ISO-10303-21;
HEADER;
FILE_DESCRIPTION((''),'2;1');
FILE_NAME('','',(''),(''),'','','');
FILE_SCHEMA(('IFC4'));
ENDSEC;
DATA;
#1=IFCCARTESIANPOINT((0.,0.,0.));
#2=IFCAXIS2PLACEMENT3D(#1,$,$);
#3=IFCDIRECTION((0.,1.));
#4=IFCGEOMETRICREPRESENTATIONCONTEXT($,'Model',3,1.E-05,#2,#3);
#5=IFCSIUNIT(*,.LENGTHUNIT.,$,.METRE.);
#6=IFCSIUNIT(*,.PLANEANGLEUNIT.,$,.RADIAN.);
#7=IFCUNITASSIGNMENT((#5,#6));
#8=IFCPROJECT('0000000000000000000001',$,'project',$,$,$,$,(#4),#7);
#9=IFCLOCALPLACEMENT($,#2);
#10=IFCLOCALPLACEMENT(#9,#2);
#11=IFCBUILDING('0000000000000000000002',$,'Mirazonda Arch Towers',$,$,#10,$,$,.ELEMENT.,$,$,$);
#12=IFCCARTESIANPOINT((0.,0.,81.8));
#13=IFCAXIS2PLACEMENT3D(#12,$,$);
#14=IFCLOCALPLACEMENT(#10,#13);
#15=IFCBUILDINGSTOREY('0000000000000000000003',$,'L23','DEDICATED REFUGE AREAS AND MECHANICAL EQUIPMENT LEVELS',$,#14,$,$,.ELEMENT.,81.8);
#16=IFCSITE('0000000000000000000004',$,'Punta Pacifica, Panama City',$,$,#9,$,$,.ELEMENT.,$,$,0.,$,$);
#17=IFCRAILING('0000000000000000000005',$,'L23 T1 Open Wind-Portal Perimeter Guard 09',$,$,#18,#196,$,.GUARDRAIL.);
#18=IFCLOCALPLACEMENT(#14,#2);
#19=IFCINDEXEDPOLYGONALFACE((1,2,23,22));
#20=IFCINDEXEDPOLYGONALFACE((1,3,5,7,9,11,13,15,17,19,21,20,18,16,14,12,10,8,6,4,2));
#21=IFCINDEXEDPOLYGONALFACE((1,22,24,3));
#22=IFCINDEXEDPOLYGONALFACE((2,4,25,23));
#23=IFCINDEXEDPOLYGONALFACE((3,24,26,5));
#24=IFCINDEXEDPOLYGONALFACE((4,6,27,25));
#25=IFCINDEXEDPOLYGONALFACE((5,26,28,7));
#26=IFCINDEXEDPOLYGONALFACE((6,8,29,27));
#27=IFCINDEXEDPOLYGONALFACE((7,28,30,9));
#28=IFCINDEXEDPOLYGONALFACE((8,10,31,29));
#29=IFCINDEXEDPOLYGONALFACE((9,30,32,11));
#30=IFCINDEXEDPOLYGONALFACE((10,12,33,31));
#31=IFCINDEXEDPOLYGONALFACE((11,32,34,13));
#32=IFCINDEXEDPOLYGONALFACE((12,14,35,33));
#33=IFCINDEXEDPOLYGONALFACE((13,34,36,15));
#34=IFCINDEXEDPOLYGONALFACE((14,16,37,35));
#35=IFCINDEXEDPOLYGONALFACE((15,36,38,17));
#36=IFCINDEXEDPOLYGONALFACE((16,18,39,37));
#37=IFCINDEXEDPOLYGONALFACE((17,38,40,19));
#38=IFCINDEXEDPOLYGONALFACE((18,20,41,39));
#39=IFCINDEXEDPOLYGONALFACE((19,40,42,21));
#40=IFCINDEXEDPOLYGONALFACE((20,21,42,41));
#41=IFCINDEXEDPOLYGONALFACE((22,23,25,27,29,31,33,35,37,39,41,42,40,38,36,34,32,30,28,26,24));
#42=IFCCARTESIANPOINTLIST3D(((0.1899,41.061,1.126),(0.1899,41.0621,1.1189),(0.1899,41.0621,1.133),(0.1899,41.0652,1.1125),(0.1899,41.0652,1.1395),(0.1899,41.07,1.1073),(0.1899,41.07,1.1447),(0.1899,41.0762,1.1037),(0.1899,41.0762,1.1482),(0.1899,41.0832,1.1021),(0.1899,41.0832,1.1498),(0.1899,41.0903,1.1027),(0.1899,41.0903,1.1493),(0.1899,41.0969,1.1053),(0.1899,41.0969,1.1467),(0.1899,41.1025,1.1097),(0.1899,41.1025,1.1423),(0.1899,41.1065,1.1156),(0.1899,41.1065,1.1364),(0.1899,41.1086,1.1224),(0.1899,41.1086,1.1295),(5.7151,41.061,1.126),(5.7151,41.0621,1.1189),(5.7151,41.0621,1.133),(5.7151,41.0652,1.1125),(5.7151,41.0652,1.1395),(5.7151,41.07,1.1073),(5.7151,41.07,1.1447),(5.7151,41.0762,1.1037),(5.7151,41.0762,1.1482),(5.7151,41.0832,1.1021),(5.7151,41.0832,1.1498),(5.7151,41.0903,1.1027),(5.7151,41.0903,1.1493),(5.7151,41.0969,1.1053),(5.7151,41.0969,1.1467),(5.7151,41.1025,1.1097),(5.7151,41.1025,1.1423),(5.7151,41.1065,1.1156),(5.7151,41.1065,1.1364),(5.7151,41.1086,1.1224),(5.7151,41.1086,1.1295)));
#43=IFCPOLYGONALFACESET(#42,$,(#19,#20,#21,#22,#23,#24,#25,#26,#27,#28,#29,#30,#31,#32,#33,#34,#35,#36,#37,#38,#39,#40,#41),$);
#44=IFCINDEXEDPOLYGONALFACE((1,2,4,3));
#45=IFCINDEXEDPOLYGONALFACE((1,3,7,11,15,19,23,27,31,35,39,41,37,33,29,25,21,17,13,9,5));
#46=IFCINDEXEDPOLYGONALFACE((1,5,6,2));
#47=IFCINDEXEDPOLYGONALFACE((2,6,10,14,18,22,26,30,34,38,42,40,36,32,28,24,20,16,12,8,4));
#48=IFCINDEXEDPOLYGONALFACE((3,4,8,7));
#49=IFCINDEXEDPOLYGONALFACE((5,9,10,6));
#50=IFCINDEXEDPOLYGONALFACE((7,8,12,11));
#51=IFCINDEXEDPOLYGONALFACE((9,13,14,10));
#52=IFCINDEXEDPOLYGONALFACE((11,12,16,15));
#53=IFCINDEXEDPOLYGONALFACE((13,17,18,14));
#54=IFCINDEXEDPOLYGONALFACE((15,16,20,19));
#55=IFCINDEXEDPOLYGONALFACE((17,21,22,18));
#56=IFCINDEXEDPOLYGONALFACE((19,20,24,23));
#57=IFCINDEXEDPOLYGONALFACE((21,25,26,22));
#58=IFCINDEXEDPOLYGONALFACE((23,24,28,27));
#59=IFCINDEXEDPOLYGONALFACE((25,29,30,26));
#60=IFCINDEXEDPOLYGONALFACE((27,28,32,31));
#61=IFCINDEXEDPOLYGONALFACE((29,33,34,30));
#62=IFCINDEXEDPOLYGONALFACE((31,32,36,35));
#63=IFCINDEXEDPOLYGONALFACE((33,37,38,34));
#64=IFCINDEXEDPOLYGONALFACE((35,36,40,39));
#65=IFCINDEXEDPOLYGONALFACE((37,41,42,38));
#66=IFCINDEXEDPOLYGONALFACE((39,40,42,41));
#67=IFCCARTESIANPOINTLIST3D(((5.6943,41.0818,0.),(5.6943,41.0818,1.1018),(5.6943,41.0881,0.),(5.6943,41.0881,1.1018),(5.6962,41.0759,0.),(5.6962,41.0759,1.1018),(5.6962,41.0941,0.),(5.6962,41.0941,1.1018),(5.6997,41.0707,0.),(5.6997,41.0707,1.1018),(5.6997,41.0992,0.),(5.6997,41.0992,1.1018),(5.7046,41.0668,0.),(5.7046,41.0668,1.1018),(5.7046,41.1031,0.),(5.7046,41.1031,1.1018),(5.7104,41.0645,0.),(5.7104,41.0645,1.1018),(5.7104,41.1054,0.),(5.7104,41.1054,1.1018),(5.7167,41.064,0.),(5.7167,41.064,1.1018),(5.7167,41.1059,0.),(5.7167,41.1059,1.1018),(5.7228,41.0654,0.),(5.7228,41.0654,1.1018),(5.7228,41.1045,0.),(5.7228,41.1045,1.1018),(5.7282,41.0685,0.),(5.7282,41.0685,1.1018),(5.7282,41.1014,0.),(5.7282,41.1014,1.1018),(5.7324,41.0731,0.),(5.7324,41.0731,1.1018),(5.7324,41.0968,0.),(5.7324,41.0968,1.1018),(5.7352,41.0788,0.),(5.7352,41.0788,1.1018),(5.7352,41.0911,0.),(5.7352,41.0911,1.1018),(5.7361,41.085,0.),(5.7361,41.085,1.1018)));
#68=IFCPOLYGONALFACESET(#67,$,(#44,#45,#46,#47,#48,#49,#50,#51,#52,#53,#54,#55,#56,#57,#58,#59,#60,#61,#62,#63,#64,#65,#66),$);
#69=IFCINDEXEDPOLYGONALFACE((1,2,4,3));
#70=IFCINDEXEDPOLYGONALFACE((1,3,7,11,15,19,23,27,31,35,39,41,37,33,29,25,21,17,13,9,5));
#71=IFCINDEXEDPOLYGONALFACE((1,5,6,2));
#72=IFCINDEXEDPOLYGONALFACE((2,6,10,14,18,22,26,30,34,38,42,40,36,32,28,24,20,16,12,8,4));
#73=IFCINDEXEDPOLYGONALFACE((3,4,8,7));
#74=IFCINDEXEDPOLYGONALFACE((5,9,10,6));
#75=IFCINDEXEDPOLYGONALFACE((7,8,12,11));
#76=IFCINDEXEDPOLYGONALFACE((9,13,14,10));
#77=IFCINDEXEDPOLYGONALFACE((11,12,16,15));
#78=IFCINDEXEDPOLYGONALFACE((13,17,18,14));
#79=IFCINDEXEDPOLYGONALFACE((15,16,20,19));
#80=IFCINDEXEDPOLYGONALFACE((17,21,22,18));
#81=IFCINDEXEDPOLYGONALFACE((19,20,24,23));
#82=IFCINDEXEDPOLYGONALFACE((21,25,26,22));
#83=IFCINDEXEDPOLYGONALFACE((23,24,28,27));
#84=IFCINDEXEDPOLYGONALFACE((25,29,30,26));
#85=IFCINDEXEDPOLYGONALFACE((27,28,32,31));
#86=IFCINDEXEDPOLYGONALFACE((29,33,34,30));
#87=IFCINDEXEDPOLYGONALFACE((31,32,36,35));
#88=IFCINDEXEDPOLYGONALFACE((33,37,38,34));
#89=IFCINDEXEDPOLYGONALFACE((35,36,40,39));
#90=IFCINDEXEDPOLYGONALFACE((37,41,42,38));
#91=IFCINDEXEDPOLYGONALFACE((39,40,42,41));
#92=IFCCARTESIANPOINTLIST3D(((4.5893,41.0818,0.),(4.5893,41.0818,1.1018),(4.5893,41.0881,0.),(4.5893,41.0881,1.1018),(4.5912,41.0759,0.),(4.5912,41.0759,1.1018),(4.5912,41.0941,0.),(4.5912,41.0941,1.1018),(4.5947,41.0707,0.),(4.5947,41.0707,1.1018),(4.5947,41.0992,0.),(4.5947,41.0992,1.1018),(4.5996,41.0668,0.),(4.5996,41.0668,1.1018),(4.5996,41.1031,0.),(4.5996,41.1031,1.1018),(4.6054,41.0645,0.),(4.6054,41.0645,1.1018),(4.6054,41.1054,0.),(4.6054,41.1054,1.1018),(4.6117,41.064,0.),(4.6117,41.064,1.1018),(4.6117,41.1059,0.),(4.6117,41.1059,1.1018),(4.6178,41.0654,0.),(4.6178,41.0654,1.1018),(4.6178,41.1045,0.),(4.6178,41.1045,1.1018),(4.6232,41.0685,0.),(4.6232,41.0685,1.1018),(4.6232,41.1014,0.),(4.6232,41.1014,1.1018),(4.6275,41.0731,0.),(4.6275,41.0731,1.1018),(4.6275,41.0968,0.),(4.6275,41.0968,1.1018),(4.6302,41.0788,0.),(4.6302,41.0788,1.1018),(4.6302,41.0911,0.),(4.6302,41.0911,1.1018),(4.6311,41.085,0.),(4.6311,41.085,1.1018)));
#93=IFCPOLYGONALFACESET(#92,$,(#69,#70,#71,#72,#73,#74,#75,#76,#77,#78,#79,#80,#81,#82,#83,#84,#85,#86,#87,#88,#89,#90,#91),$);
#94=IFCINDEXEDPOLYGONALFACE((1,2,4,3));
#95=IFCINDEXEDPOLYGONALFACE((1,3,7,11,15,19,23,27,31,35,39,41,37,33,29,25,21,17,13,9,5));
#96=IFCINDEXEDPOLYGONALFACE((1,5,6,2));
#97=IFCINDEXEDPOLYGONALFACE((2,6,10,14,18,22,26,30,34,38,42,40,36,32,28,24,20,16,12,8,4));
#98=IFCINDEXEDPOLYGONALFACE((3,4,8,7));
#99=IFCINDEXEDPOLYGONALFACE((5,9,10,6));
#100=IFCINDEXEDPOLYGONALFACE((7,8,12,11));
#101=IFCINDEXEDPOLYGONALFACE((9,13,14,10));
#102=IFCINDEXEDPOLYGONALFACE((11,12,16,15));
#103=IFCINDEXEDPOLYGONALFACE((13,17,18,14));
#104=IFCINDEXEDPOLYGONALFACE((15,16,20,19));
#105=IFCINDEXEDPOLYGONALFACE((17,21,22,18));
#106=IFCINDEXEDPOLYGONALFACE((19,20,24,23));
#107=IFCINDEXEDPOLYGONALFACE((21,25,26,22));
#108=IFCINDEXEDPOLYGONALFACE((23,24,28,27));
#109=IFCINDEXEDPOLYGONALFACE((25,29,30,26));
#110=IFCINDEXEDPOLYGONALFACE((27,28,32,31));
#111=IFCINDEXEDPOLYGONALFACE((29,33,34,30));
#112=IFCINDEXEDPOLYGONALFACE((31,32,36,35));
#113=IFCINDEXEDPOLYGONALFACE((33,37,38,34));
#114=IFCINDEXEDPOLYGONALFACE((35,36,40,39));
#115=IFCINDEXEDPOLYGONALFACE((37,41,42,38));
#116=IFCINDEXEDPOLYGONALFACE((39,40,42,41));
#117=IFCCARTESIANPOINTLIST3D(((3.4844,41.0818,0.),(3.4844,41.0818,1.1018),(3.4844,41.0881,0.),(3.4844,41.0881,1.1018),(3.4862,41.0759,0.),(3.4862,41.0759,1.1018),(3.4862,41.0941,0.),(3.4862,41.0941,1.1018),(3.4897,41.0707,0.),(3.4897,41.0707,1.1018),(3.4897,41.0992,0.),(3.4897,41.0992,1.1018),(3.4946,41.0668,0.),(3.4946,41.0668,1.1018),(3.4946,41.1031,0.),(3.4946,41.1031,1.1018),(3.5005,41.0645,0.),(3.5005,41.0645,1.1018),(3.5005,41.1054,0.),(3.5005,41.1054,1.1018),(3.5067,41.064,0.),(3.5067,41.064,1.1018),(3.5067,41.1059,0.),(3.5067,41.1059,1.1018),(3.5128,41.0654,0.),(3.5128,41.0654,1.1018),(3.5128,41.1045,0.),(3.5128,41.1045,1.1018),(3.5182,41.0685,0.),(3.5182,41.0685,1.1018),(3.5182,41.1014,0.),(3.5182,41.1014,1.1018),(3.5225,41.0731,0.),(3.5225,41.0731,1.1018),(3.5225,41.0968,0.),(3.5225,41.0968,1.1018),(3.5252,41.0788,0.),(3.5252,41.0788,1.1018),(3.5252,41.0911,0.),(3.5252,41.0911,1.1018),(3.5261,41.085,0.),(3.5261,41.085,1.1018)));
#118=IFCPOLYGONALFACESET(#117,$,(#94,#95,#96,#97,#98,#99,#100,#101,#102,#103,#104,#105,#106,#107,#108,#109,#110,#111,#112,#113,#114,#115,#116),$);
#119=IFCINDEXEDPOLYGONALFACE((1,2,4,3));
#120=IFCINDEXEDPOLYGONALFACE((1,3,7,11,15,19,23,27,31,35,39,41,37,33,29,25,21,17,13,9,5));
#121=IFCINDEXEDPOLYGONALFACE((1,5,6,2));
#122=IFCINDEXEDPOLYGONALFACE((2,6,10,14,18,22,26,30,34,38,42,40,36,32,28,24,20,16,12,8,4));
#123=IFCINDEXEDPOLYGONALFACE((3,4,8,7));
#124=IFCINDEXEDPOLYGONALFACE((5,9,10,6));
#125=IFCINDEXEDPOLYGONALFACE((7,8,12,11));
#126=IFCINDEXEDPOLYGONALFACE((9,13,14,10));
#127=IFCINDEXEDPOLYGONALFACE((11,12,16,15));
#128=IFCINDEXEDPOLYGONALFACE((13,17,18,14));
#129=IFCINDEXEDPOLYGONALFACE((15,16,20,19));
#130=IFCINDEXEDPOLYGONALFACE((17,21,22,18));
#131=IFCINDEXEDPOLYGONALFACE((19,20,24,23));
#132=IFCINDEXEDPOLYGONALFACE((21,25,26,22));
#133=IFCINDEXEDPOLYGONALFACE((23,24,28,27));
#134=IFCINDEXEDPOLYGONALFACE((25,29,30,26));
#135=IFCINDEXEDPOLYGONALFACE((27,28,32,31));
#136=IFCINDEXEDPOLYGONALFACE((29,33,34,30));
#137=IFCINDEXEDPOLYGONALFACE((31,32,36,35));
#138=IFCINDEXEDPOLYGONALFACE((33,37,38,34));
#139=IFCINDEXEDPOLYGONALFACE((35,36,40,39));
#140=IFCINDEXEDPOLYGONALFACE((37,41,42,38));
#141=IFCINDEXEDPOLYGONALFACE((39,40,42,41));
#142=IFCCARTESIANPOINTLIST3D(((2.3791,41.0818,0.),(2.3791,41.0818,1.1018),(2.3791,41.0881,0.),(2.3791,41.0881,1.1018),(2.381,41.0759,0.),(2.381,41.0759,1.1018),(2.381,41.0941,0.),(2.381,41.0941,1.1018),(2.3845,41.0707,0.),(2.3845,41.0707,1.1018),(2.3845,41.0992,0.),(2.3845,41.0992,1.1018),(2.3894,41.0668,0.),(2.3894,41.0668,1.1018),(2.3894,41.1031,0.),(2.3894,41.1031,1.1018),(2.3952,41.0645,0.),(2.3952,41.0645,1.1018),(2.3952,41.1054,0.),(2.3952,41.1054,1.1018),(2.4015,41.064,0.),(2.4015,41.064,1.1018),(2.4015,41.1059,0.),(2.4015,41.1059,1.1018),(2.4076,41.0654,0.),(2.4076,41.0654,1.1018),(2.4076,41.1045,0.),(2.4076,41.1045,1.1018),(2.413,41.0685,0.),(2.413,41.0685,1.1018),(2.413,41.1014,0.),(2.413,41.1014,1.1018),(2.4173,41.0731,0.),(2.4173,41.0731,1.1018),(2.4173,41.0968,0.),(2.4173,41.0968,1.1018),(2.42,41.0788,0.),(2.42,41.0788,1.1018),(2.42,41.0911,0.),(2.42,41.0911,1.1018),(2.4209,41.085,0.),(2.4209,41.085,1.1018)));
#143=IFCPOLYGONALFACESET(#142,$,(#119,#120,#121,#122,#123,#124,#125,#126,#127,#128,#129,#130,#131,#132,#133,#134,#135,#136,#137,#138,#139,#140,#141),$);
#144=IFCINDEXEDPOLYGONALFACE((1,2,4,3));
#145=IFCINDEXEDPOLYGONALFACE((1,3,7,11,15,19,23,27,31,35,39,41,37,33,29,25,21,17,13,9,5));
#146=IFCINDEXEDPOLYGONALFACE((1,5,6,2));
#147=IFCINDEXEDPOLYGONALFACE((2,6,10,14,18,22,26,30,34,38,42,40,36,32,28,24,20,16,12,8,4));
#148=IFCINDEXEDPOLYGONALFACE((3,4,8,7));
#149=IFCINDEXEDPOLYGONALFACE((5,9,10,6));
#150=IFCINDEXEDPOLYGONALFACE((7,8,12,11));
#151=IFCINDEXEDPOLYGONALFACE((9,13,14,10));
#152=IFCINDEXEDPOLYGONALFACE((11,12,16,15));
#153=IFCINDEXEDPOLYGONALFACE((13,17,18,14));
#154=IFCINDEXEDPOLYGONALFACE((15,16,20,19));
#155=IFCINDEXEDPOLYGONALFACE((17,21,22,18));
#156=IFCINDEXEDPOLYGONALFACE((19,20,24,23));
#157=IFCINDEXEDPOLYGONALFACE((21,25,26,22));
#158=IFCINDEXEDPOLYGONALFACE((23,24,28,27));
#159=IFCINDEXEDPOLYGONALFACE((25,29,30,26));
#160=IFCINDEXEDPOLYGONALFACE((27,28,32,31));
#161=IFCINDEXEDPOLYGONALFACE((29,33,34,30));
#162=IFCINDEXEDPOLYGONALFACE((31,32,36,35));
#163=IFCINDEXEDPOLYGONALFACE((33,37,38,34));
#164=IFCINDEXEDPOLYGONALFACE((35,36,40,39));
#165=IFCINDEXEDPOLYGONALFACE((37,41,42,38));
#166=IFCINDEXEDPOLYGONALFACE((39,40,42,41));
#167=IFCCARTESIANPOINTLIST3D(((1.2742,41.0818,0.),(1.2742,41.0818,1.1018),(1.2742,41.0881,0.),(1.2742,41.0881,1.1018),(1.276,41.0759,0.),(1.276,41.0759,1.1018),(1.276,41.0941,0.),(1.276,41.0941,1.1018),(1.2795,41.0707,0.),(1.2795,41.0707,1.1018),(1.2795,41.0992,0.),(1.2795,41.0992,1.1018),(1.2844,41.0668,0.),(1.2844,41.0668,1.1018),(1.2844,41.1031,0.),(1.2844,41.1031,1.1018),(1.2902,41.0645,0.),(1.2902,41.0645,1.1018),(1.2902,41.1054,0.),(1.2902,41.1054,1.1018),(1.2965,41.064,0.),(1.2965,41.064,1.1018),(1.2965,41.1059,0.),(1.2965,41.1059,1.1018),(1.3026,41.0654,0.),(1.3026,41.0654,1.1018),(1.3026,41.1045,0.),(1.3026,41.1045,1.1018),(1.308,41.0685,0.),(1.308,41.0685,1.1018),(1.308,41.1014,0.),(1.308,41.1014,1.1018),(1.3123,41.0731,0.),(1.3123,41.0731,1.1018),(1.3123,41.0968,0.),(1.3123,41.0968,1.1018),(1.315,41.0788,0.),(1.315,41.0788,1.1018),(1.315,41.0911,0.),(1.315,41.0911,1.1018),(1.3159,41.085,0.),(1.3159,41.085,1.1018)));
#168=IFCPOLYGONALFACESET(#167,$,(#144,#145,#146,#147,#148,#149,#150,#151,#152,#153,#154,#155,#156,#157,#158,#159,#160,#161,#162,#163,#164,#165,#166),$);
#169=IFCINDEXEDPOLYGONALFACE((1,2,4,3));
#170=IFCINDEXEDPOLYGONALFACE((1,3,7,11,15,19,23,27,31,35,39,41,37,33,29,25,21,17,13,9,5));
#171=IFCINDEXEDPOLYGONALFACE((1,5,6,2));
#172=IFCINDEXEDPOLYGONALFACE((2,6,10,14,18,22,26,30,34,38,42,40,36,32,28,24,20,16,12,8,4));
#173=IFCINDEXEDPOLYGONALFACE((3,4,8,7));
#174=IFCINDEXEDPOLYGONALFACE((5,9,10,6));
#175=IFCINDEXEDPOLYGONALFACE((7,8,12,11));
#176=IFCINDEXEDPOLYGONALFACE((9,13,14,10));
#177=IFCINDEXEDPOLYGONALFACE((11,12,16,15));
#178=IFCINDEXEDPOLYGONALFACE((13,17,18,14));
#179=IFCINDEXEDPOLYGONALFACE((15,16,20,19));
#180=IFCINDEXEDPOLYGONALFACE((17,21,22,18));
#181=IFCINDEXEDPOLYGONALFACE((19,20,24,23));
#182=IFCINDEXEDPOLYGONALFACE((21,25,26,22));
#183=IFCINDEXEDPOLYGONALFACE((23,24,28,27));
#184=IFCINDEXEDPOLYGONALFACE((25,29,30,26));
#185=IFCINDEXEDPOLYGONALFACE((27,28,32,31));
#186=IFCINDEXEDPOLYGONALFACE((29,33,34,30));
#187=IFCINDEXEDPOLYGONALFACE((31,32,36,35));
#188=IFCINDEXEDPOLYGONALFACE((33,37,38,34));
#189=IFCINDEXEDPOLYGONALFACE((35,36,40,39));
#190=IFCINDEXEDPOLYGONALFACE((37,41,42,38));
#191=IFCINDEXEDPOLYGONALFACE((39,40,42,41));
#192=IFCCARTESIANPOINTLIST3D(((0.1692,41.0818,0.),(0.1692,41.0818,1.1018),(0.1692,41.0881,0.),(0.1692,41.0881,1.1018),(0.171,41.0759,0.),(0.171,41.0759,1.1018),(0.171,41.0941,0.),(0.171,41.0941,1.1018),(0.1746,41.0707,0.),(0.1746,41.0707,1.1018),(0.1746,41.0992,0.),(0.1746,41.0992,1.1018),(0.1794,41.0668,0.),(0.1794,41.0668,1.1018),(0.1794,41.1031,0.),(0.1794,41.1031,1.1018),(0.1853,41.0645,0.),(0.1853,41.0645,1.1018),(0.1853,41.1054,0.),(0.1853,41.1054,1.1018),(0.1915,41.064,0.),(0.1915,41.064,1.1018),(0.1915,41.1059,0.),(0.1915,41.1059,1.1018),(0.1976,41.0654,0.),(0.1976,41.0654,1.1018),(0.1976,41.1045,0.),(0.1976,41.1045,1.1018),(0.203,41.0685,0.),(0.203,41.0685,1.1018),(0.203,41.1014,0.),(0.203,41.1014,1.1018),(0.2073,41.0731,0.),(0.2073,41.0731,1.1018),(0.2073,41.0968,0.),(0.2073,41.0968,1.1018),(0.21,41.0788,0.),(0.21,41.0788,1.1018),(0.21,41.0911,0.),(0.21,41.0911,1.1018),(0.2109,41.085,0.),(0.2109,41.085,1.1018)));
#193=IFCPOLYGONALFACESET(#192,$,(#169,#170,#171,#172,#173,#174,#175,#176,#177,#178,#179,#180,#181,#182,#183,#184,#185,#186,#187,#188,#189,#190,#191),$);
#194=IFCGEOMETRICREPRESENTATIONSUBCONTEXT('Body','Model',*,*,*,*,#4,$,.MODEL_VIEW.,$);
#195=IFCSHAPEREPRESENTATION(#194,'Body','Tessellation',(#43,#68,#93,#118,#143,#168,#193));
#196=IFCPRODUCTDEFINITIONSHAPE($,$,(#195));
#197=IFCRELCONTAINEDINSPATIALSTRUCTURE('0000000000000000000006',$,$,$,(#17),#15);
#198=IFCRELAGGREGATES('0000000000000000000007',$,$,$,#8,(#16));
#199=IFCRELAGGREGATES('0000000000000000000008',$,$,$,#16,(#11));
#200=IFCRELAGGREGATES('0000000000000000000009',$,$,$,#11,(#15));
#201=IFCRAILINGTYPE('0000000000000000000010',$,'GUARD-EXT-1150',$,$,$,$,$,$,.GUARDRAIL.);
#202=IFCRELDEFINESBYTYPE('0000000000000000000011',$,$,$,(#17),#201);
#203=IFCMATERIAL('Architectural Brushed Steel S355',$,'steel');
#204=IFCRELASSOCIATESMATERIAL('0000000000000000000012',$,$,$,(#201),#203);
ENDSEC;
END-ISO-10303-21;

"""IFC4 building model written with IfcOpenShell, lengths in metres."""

from ifc_helpers import new_model, si_unit, direction, frame, origin, origin_2d, place, context, subcontext, project, spatial, circle, extrude, material, type_object, element, save


model = new_model("IFC4")

# Units and contexts
model_context = context("Model", 3, precision=1e-05, world=origin(), true_north=direction((0.0, 1.0)))
body_context = subcontext(model_context, "Body", "Model", "MODEL_VIEW")
ifc_project = project(units=[si_unit("LENGTHUNIT", "METRE"), si_unit("PLANEANGLEUNIT", "RADIAN")], contexts=[model_context])

# Site, building, storey
site_placement = place(None, origin())
site = spatial("IfcSite", under=ifc_project, at=site_placement, Name="Punta Pacifica, Panama City", CompositionType="ELEMENT", RefElevation=0.0)
building_placement = place(site_placement, origin())
building = spatial("IfcBuilding", under=site, at=building_placement, Name="Mirazonda Arch Towers", CompositionType="ELEMENT")
storey_placement = place(building_placement, frame((0.0, 0.0, 81.8)))
storey = spatial("IfcBuildingStorey", under=building, at=storey_placement, Name="L23", Description="DEDICATED REFUGE AREAS AND MECHANICAL EQUIPMENT LEVELS", CompositionType="ELEMENT", Elevation=81.8)

# Shared definitions
ifc_material_1 = material(Name="Architectural Brushed Steel S355", Category="steel")

# Railing
railing_type = type_object("IfcRailingType", Name="GUARD-EXT-1150", PredefinedType="GUARDRAIL", material=ifc_material_1)
railing_1_placement = place(storey_placement, frame((5.7151, 41.085, 0.0)))
element("IfcRailing", 1, at=railing_1_placement, inside=storey, type_object=railing_type, Name="L23 T1 Open Wind-Portal Perimeter Guard 09", PredefinedType="GUARDRAIL", context=body_context, shape_type="SweptSolid", body=[
    extrude(circle(Radius=0.0239, at=origin_2d()), frame((0.0, 0.0, 1.126), z_axis=(-1.0, 0.0, 0.0), x_axis=(0.0, -1.0, 0.0)), (0.0, 0.0, 1.0), 5.5251),
    extrude(circle(Radius=0.021, at=origin_2d()), origin(), (0.0, 0.0, 1.0), 1.1018),
    extrude(circle(Radius=0.021, at=origin_2d()), frame((-1.105, 0.0, 0.0)), (0.0, 0.0, 1.0), 1.1018),
    extrude(circle(Radius=0.021, at=origin_2d()), frame((-2.21, 0.0, 0.0)), (0.0, 0.0, 1.0), 1.1018),
    extrude(circle(Radius=0.021, at=origin_2d()), frame((-3.3152, 0.0, 0.0)), (0.0, 0.0, 1.0), 1.1018),
    extrude(circle(Radius=0.021, at=origin_2d()), frame((-4.4202, 0.0, 0.0)), (0.0, 0.0, 1.0), 1.1018),
    extrude(circle(Radius=0.021, at=origin_2d()), frame((-5.5251, 0.0, 0.0)), (0.0, 0.0, 1.0), 1.1018),
])

save(model, "model.ifc")
